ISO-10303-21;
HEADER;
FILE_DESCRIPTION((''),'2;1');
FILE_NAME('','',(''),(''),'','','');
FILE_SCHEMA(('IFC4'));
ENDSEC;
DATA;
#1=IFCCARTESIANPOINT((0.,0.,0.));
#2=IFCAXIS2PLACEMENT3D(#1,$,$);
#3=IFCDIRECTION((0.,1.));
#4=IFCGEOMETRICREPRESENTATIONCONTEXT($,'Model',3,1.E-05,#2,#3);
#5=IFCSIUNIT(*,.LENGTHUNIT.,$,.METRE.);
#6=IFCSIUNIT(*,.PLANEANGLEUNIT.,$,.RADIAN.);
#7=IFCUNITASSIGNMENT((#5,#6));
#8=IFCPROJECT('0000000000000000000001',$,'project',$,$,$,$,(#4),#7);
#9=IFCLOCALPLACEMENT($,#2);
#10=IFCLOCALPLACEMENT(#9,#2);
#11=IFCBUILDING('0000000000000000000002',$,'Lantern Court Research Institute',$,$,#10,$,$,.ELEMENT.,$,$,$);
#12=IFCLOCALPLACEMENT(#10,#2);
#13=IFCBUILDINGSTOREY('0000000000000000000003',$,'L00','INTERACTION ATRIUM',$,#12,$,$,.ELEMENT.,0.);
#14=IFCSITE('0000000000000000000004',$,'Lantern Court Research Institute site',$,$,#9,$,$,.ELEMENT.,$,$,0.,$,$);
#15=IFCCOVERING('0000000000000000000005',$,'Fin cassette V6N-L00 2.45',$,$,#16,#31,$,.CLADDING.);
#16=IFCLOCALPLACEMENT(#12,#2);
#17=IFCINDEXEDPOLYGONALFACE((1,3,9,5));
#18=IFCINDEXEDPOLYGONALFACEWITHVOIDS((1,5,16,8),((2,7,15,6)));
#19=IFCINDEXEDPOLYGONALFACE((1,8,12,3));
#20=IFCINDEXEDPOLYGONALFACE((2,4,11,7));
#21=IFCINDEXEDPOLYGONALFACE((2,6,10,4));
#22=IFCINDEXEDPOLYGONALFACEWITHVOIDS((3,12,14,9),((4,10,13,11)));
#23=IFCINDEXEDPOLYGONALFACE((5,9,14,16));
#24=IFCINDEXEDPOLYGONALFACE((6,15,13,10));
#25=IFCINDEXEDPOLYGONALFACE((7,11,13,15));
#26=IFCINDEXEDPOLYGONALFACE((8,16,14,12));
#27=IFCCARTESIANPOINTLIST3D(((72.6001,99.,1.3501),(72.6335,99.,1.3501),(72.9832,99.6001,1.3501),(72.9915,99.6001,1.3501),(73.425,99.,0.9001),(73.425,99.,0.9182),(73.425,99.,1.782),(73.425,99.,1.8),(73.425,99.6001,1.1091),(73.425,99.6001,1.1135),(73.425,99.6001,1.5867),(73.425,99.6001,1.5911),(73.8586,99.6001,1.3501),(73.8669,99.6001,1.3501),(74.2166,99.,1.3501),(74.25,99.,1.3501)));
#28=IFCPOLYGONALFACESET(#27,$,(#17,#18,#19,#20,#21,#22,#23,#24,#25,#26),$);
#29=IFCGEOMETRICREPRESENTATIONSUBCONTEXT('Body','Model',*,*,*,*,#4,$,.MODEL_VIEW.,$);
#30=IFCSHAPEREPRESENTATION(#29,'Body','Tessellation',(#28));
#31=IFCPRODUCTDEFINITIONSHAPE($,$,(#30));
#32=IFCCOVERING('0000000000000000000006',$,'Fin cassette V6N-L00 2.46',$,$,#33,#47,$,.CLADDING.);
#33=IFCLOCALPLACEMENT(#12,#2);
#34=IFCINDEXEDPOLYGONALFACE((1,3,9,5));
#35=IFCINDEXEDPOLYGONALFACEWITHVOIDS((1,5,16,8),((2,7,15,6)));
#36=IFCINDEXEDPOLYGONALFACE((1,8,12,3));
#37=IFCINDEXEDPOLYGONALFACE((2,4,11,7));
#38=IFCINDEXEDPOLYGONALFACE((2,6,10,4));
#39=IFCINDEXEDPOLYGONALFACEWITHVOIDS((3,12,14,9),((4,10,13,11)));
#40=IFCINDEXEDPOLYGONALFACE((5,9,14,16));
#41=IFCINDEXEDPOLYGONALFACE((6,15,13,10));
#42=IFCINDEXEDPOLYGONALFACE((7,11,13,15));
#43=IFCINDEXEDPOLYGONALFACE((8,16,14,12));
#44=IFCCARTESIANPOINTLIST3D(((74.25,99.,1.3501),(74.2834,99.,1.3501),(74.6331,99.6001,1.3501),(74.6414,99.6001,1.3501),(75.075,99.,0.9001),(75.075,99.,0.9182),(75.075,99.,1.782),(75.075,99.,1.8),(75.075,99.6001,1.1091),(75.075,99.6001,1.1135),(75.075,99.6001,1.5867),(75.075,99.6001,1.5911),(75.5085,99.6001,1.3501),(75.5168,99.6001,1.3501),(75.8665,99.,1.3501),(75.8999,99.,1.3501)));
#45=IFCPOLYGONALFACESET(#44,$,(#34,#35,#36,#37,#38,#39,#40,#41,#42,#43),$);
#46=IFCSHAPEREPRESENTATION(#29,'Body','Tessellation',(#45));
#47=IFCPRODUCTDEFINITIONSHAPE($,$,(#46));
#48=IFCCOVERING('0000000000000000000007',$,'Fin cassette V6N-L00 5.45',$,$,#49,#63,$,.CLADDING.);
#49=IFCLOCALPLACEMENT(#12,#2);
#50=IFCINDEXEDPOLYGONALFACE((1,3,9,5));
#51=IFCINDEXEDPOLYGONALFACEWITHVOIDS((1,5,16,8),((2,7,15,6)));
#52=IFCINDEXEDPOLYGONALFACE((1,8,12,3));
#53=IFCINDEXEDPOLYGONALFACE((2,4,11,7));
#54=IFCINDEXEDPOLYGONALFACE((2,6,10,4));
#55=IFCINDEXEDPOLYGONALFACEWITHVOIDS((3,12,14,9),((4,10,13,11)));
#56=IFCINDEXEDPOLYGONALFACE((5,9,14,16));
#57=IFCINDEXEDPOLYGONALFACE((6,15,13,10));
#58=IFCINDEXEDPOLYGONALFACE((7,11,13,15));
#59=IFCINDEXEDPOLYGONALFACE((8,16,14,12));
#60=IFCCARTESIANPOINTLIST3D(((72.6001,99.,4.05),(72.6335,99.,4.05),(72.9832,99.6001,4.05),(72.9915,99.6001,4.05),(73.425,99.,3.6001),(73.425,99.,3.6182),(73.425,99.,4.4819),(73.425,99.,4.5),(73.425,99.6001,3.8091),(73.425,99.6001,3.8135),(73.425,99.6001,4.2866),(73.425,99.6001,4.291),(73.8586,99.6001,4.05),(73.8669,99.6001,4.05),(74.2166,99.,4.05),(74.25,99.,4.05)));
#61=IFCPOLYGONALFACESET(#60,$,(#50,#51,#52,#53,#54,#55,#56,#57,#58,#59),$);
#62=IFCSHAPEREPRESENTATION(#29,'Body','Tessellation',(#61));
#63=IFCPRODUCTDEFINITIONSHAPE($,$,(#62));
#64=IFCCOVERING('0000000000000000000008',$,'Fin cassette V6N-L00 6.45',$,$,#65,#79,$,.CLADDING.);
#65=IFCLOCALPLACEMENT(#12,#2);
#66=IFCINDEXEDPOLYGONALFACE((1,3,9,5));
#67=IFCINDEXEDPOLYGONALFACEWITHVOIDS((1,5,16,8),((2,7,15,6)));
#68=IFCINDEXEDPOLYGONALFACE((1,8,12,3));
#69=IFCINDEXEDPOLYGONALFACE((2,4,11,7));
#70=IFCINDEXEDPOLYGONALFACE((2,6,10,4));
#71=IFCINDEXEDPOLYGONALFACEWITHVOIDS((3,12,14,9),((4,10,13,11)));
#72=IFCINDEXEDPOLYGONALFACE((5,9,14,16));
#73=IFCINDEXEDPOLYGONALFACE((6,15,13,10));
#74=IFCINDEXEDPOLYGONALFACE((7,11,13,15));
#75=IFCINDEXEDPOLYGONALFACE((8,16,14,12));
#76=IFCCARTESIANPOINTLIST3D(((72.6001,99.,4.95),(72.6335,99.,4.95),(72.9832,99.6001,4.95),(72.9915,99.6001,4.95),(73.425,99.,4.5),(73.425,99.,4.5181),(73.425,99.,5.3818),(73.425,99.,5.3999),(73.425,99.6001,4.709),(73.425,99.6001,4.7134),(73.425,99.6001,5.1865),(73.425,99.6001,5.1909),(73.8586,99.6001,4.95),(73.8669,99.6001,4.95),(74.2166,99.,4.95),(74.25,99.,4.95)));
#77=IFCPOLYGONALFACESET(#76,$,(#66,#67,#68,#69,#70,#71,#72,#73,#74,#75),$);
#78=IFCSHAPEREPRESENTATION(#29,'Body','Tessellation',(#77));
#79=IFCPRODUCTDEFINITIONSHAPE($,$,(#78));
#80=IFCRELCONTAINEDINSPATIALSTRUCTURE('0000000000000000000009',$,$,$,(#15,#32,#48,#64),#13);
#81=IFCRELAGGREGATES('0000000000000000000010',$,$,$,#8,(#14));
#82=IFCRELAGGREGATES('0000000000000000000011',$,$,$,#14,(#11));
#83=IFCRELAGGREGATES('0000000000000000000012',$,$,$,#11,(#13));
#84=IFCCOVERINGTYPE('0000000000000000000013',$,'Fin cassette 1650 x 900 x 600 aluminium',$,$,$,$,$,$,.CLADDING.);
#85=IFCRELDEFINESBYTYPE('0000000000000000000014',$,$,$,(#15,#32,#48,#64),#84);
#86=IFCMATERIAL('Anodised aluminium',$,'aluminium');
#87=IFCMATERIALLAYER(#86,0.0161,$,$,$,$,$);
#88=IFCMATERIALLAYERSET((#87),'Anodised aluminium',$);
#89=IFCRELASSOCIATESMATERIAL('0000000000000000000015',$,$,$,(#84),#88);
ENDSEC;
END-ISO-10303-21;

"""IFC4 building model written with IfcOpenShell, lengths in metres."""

from ifc_helpers import new_model, entity, si_unit, direction, frame, origin, place, context, subcontext, project, spatial, material, layer, layer_set, type_object, element, save


model = new_model("IFC4")

# Units and contexts
model_context = context("Model", 3, precision=1e-05, world=origin(), true_north=direction((0.0, 1.0)))
body_context = subcontext(model_context, "Body", "Model", "MODEL_VIEW")
ifc_project = project(units=[si_unit("LENGTHUNIT", "METRE"), si_unit("PLANEANGLEUNIT", "RADIAN")], contexts=[model_context])

# Site, building, storey
site_placement = place(None, origin())
site = spatial("IfcSite", under=ifc_project, at=site_placement, Name="Lantern Court Research Institute site", CompositionType="ELEMENT", RefElevation=0.0)
building_placement = place(site_placement, origin())
building = spatial("IfcBuilding", under=site, at=building_placement, Name="Lantern Court Research Institute", CompositionType="ELEMENT")
storey_placement = place(building_placement, origin())
storey = spatial("IfcBuildingStorey", under=building, at=storey_placement, Name="L00", Description="INTERACTION ATRIUM", CompositionType="ELEMENT", Elevation=0.0)

# Coverings
ifc_material_1 = material(Name="Anodised aluminium", Category="aluminium")
ifc_layer_1 = layer(ifc_material_1, 0.0161)
ifc_layer_set_1 = layer_set([ifc_layer_1], Name="Anodised aluminium")
covering_type = type_object("IfcCoveringType", Name="Fin cassette 1650 x 900 x 600 aluminium", PredefinedType="CLADDING", material=ifc_layer_set_1)
covering_1_placement = place(storey_placement, frame((73.425, 99.0, 1.3501), z_axis=(0.0, 1.0, 0.0), x_axis=(-1.0, 0.0, 0.0)))
cartesian_point_1 = entity("IfcCartesianPoint", [0.825, 0.0])
cartesian_point_2 = entity("IfcCartesianPoint", [0.7915, 0.0])
cartesian_point_3 = entity("IfcCartesianPoint", [0.4419, 0.0])
cartesian_point_4 = entity("IfcCartesianPoint", [0.4336, 0.0])
element("IfcCovering", 1, at=covering_1_placement, inside=storey, type_object=covering_type, Name="Fin cassette V6N-L00 2.45", PredefinedType="CLADDING", context=body_context, shape_type="SweptSolid", body=[
    entity("IfcExtrudedAreaSolidTapered", entity("IfcArbitraryProfileDefWithVoids", "AREA", None, entity("IfcPolyline", [cartesian_point_1, entity("IfcCartesianPoint", [0.0, 0.45]), entity("IfcCartesianPoint", [-0.825, 0.0]), entity("IfcCartesianPoint", [0.0, -0.45]), cartesian_point_1]), [entity("IfcPolyline", [cartesian_point_2, entity("IfcCartesianPoint", [0.0, 0.4319]), entity("IfcCartesianPoint", [-0.7915, 0.0]), entity("IfcCartesianPoint", [0.0, -0.4319]), cartesian_point_2])]), entity("IfcAxis2Placement3D", entity("IfcCartesianPoint", [0.0, 0.0, 0.0])), entity("IfcDirection", [0.0, 0.0, 1.0]), 0.6001, entity("IfcArbitraryProfileDefWithVoids", "AREA", None, entity("IfcPolyline", [cartesian_point_3, entity("IfcCartesianPoint", [0.0, 0.241]), entity("IfcCartesianPoint", [-0.4419, 0.0]), entity("IfcCartesianPoint", [0.0, -0.241]), cartesian_point_3]), [entity("IfcPolyline", [cartesian_point_4, entity("IfcCartesianPoint", [0.0, 0.2366]), entity("IfcCartesianPoint", [-0.4336, 0.0]), entity("IfcCartesianPoint", [0.0, -0.2366]), cartesian_point_4])])),
])
covering_2_placement = place(storey_placement, frame((75.075, 99.0, 1.3501), z_axis=(0.0, 1.0, 0.0), x_axis=(-1.0, 0.0, 0.0)))
cartesian_point_5 = entity("IfcCartesianPoint", [0.825, 0.0])
cartesian_point_6 = entity("IfcCartesianPoint", [0.7915, 0.0])
cartesian_point_7 = entity("IfcCartesianPoint", [0.4419, 0.0])
cartesian_point_8 = entity("IfcCartesianPoint", [0.4336, 0.0])
element("IfcCovering", 2, at=covering_2_placement, inside=storey, type_object=covering_type, Name="Fin cassette V6N-L00 2.46", PredefinedType="CLADDING", context=body_context, shape_type="SweptSolid", body=[
    entity("IfcExtrudedAreaSolidTapered", entity("IfcArbitraryProfileDefWithVoids", "AREA", None, entity("IfcPolyline", [cartesian_point_5, entity("IfcCartesianPoint", [0.0, 0.45]), entity("IfcCartesianPoint", [-0.825, 0.0]), entity("IfcCartesianPoint", [0.0, -0.45]), cartesian_point_5]), [entity("IfcPolyline", [cartesian_point_6, entity("IfcCartesianPoint", [0.0, 0.4319]), entity("IfcCartesianPoint", [-0.7915, 0.0]), entity("IfcCartesianPoint", [0.0, -0.4319]), cartesian_point_6])]), entity("IfcAxis2Placement3D", entity("IfcCartesianPoint", [0.0, 0.0, 0.0])), entity("IfcDirection", [0.0, 0.0, 1.0]), 0.6001, entity("IfcArbitraryProfileDefWithVoids", "AREA", None, entity("IfcPolyline", [cartesian_point_7, entity("IfcCartesianPoint", [0.0, 0.241]), entity("IfcCartesianPoint", [-0.4419, 0.0]), entity("IfcCartesianPoint", [0.0, -0.241]), cartesian_point_7]), [entity("IfcPolyline", [cartesian_point_8, entity("IfcCartesianPoint", [0.0, 0.2366]), entity("IfcCartesianPoint", [-0.4336, 0.0]), entity("IfcCartesianPoint", [0.0, -0.2366]), cartesian_point_8])])),
])
covering_3_placement = place(storey_placement, frame((73.425, 99.0, 4.05), z_axis=(0.0, 1.0, 0.0), x_axis=(-1.0, 0.0, 0.0)))
cartesian_point_9 = entity("IfcCartesianPoint", [0.825, 0.0])
cartesian_point_10 = entity("IfcCartesianPoint", [0.7915, 0.0])
cartesian_point_11 = entity("IfcCartesianPoint", [0.4419, 0.0])
cartesian_point_12 = entity("IfcCartesianPoint", [0.4336, 0.0])
element("IfcCovering", 3, at=covering_3_placement, inside=storey, type_object=covering_type, Name="Fin cassette V6N-L00 5.45", PredefinedType="CLADDING", context=body_context, shape_type="SweptSolid", body=[
    entity("IfcExtrudedAreaSolidTapered", entity("IfcArbitraryProfileDefWithVoids", "AREA", None, entity("IfcPolyline", [cartesian_point_9, entity("IfcCartesianPoint", [0.0, 0.45]), entity("IfcCartesianPoint", [-0.825, 0.0]), entity("IfcCartesianPoint", [0.0, -0.45]), cartesian_point_9]), [entity("IfcPolyline", [cartesian_point_10, entity("IfcCartesianPoint", [0.0, 0.4319]), entity("IfcCartesianPoint", [-0.7915, 0.0]), entity("IfcCartesianPoint", [0.0, -0.4319]), cartesian_point_10])]), entity("IfcAxis2Placement3D", entity("IfcCartesianPoint", [0.0, 0.0, 0.0])), entity("IfcDirection", [0.0, 0.0, 1.0]), 0.6001, entity("IfcArbitraryProfileDefWithVoids", "AREA", None, entity("IfcPolyline", [cartesian_point_11, entity("IfcCartesianPoint", [0.0, 0.241]), entity("IfcCartesianPoint", [-0.4419, 0.0]), entity("IfcCartesianPoint", [0.0, -0.241]), cartesian_point_11]), [entity("IfcPolyline", [cartesian_point_12, entity("IfcCartesianPoint", [0.0, 0.2366]), entity("IfcCartesianPoint", [-0.4336, 0.0]), entity("IfcCartesianPoint", [0.0, -0.2366]), cartesian_point_12])])),
])
covering_4_placement = place(storey_placement, frame((73.425, 99.0, 4.95), z_axis=(0.0, 1.0, 0.0), x_axis=(-1.0, 0.0, 0.0)))
cartesian_point_13 = entity("IfcCartesianPoint", [0.825, 0.0])
cartesian_point_14 = entity("IfcCartesianPoint", [0.7915, 0.0])
cartesian_point_15 = entity("IfcCartesianPoint", [0.4419, 0.0])
cartesian_point_16 = entity("IfcCartesianPoint", [0.4336, 0.0])
element("IfcCovering", 4, at=covering_4_placement, inside=storey, type_object=covering_type, Name="Fin cassette V6N-L00 6.45", PredefinedType="CLADDING", context=body_context, shape_type="SweptSolid", body=[
    entity("IfcExtrudedAreaSolidTapered", entity("IfcArbitraryProfileDefWithVoids", "AREA", None, entity("IfcPolyline", [cartesian_point_13, entity("IfcCartesianPoint", [0.0, 0.45]), entity("IfcCartesianPoint", [-0.825, 0.0]), entity("IfcCartesianPoint", [0.0, -0.45]), cartesian_point_13]), [entity("IfcPolyline", [cartesian_point_14, entity("IfcCartesianPoint", [0.0, 0.4319]), entity("IfcCartesianPoint", [-0.7915, 0.0]), entity("IfcCartesianPoint", [0.0, -0.4319]), cartesian_point_14])]), entity("IfcAxis2Placement3D", entity("IfcCartesianPoint", [0.0, 0.0, 0.0])), entity("IfcDirection", [0.0, 0.0, 1.0]), 0.6001, entity("IfcArbitraryProfileDefWithVoids", "AREA", None, entity("IfcPolyline", [cartesian_point_15, entity("IfcCartesianPoint", [0.0, 0.241]), entity("IfcCartesianPoint", [-0.4419, 0.0]), entity("IfcCartesianPoint", [0.0, -0.241]), cartesian_point_15]), [entity("IfcPolyline", [cartesian_point_16, entity("IfcCartesianPoint", [0.0, 0.2366]), entity("IfcCartesianPoint", [-0.4336, 0.0]), entity("IfcCartesianPoint", [0.0, -0.2366]), cartesian_point_16])])),
])

save(model, "model.ifc")
